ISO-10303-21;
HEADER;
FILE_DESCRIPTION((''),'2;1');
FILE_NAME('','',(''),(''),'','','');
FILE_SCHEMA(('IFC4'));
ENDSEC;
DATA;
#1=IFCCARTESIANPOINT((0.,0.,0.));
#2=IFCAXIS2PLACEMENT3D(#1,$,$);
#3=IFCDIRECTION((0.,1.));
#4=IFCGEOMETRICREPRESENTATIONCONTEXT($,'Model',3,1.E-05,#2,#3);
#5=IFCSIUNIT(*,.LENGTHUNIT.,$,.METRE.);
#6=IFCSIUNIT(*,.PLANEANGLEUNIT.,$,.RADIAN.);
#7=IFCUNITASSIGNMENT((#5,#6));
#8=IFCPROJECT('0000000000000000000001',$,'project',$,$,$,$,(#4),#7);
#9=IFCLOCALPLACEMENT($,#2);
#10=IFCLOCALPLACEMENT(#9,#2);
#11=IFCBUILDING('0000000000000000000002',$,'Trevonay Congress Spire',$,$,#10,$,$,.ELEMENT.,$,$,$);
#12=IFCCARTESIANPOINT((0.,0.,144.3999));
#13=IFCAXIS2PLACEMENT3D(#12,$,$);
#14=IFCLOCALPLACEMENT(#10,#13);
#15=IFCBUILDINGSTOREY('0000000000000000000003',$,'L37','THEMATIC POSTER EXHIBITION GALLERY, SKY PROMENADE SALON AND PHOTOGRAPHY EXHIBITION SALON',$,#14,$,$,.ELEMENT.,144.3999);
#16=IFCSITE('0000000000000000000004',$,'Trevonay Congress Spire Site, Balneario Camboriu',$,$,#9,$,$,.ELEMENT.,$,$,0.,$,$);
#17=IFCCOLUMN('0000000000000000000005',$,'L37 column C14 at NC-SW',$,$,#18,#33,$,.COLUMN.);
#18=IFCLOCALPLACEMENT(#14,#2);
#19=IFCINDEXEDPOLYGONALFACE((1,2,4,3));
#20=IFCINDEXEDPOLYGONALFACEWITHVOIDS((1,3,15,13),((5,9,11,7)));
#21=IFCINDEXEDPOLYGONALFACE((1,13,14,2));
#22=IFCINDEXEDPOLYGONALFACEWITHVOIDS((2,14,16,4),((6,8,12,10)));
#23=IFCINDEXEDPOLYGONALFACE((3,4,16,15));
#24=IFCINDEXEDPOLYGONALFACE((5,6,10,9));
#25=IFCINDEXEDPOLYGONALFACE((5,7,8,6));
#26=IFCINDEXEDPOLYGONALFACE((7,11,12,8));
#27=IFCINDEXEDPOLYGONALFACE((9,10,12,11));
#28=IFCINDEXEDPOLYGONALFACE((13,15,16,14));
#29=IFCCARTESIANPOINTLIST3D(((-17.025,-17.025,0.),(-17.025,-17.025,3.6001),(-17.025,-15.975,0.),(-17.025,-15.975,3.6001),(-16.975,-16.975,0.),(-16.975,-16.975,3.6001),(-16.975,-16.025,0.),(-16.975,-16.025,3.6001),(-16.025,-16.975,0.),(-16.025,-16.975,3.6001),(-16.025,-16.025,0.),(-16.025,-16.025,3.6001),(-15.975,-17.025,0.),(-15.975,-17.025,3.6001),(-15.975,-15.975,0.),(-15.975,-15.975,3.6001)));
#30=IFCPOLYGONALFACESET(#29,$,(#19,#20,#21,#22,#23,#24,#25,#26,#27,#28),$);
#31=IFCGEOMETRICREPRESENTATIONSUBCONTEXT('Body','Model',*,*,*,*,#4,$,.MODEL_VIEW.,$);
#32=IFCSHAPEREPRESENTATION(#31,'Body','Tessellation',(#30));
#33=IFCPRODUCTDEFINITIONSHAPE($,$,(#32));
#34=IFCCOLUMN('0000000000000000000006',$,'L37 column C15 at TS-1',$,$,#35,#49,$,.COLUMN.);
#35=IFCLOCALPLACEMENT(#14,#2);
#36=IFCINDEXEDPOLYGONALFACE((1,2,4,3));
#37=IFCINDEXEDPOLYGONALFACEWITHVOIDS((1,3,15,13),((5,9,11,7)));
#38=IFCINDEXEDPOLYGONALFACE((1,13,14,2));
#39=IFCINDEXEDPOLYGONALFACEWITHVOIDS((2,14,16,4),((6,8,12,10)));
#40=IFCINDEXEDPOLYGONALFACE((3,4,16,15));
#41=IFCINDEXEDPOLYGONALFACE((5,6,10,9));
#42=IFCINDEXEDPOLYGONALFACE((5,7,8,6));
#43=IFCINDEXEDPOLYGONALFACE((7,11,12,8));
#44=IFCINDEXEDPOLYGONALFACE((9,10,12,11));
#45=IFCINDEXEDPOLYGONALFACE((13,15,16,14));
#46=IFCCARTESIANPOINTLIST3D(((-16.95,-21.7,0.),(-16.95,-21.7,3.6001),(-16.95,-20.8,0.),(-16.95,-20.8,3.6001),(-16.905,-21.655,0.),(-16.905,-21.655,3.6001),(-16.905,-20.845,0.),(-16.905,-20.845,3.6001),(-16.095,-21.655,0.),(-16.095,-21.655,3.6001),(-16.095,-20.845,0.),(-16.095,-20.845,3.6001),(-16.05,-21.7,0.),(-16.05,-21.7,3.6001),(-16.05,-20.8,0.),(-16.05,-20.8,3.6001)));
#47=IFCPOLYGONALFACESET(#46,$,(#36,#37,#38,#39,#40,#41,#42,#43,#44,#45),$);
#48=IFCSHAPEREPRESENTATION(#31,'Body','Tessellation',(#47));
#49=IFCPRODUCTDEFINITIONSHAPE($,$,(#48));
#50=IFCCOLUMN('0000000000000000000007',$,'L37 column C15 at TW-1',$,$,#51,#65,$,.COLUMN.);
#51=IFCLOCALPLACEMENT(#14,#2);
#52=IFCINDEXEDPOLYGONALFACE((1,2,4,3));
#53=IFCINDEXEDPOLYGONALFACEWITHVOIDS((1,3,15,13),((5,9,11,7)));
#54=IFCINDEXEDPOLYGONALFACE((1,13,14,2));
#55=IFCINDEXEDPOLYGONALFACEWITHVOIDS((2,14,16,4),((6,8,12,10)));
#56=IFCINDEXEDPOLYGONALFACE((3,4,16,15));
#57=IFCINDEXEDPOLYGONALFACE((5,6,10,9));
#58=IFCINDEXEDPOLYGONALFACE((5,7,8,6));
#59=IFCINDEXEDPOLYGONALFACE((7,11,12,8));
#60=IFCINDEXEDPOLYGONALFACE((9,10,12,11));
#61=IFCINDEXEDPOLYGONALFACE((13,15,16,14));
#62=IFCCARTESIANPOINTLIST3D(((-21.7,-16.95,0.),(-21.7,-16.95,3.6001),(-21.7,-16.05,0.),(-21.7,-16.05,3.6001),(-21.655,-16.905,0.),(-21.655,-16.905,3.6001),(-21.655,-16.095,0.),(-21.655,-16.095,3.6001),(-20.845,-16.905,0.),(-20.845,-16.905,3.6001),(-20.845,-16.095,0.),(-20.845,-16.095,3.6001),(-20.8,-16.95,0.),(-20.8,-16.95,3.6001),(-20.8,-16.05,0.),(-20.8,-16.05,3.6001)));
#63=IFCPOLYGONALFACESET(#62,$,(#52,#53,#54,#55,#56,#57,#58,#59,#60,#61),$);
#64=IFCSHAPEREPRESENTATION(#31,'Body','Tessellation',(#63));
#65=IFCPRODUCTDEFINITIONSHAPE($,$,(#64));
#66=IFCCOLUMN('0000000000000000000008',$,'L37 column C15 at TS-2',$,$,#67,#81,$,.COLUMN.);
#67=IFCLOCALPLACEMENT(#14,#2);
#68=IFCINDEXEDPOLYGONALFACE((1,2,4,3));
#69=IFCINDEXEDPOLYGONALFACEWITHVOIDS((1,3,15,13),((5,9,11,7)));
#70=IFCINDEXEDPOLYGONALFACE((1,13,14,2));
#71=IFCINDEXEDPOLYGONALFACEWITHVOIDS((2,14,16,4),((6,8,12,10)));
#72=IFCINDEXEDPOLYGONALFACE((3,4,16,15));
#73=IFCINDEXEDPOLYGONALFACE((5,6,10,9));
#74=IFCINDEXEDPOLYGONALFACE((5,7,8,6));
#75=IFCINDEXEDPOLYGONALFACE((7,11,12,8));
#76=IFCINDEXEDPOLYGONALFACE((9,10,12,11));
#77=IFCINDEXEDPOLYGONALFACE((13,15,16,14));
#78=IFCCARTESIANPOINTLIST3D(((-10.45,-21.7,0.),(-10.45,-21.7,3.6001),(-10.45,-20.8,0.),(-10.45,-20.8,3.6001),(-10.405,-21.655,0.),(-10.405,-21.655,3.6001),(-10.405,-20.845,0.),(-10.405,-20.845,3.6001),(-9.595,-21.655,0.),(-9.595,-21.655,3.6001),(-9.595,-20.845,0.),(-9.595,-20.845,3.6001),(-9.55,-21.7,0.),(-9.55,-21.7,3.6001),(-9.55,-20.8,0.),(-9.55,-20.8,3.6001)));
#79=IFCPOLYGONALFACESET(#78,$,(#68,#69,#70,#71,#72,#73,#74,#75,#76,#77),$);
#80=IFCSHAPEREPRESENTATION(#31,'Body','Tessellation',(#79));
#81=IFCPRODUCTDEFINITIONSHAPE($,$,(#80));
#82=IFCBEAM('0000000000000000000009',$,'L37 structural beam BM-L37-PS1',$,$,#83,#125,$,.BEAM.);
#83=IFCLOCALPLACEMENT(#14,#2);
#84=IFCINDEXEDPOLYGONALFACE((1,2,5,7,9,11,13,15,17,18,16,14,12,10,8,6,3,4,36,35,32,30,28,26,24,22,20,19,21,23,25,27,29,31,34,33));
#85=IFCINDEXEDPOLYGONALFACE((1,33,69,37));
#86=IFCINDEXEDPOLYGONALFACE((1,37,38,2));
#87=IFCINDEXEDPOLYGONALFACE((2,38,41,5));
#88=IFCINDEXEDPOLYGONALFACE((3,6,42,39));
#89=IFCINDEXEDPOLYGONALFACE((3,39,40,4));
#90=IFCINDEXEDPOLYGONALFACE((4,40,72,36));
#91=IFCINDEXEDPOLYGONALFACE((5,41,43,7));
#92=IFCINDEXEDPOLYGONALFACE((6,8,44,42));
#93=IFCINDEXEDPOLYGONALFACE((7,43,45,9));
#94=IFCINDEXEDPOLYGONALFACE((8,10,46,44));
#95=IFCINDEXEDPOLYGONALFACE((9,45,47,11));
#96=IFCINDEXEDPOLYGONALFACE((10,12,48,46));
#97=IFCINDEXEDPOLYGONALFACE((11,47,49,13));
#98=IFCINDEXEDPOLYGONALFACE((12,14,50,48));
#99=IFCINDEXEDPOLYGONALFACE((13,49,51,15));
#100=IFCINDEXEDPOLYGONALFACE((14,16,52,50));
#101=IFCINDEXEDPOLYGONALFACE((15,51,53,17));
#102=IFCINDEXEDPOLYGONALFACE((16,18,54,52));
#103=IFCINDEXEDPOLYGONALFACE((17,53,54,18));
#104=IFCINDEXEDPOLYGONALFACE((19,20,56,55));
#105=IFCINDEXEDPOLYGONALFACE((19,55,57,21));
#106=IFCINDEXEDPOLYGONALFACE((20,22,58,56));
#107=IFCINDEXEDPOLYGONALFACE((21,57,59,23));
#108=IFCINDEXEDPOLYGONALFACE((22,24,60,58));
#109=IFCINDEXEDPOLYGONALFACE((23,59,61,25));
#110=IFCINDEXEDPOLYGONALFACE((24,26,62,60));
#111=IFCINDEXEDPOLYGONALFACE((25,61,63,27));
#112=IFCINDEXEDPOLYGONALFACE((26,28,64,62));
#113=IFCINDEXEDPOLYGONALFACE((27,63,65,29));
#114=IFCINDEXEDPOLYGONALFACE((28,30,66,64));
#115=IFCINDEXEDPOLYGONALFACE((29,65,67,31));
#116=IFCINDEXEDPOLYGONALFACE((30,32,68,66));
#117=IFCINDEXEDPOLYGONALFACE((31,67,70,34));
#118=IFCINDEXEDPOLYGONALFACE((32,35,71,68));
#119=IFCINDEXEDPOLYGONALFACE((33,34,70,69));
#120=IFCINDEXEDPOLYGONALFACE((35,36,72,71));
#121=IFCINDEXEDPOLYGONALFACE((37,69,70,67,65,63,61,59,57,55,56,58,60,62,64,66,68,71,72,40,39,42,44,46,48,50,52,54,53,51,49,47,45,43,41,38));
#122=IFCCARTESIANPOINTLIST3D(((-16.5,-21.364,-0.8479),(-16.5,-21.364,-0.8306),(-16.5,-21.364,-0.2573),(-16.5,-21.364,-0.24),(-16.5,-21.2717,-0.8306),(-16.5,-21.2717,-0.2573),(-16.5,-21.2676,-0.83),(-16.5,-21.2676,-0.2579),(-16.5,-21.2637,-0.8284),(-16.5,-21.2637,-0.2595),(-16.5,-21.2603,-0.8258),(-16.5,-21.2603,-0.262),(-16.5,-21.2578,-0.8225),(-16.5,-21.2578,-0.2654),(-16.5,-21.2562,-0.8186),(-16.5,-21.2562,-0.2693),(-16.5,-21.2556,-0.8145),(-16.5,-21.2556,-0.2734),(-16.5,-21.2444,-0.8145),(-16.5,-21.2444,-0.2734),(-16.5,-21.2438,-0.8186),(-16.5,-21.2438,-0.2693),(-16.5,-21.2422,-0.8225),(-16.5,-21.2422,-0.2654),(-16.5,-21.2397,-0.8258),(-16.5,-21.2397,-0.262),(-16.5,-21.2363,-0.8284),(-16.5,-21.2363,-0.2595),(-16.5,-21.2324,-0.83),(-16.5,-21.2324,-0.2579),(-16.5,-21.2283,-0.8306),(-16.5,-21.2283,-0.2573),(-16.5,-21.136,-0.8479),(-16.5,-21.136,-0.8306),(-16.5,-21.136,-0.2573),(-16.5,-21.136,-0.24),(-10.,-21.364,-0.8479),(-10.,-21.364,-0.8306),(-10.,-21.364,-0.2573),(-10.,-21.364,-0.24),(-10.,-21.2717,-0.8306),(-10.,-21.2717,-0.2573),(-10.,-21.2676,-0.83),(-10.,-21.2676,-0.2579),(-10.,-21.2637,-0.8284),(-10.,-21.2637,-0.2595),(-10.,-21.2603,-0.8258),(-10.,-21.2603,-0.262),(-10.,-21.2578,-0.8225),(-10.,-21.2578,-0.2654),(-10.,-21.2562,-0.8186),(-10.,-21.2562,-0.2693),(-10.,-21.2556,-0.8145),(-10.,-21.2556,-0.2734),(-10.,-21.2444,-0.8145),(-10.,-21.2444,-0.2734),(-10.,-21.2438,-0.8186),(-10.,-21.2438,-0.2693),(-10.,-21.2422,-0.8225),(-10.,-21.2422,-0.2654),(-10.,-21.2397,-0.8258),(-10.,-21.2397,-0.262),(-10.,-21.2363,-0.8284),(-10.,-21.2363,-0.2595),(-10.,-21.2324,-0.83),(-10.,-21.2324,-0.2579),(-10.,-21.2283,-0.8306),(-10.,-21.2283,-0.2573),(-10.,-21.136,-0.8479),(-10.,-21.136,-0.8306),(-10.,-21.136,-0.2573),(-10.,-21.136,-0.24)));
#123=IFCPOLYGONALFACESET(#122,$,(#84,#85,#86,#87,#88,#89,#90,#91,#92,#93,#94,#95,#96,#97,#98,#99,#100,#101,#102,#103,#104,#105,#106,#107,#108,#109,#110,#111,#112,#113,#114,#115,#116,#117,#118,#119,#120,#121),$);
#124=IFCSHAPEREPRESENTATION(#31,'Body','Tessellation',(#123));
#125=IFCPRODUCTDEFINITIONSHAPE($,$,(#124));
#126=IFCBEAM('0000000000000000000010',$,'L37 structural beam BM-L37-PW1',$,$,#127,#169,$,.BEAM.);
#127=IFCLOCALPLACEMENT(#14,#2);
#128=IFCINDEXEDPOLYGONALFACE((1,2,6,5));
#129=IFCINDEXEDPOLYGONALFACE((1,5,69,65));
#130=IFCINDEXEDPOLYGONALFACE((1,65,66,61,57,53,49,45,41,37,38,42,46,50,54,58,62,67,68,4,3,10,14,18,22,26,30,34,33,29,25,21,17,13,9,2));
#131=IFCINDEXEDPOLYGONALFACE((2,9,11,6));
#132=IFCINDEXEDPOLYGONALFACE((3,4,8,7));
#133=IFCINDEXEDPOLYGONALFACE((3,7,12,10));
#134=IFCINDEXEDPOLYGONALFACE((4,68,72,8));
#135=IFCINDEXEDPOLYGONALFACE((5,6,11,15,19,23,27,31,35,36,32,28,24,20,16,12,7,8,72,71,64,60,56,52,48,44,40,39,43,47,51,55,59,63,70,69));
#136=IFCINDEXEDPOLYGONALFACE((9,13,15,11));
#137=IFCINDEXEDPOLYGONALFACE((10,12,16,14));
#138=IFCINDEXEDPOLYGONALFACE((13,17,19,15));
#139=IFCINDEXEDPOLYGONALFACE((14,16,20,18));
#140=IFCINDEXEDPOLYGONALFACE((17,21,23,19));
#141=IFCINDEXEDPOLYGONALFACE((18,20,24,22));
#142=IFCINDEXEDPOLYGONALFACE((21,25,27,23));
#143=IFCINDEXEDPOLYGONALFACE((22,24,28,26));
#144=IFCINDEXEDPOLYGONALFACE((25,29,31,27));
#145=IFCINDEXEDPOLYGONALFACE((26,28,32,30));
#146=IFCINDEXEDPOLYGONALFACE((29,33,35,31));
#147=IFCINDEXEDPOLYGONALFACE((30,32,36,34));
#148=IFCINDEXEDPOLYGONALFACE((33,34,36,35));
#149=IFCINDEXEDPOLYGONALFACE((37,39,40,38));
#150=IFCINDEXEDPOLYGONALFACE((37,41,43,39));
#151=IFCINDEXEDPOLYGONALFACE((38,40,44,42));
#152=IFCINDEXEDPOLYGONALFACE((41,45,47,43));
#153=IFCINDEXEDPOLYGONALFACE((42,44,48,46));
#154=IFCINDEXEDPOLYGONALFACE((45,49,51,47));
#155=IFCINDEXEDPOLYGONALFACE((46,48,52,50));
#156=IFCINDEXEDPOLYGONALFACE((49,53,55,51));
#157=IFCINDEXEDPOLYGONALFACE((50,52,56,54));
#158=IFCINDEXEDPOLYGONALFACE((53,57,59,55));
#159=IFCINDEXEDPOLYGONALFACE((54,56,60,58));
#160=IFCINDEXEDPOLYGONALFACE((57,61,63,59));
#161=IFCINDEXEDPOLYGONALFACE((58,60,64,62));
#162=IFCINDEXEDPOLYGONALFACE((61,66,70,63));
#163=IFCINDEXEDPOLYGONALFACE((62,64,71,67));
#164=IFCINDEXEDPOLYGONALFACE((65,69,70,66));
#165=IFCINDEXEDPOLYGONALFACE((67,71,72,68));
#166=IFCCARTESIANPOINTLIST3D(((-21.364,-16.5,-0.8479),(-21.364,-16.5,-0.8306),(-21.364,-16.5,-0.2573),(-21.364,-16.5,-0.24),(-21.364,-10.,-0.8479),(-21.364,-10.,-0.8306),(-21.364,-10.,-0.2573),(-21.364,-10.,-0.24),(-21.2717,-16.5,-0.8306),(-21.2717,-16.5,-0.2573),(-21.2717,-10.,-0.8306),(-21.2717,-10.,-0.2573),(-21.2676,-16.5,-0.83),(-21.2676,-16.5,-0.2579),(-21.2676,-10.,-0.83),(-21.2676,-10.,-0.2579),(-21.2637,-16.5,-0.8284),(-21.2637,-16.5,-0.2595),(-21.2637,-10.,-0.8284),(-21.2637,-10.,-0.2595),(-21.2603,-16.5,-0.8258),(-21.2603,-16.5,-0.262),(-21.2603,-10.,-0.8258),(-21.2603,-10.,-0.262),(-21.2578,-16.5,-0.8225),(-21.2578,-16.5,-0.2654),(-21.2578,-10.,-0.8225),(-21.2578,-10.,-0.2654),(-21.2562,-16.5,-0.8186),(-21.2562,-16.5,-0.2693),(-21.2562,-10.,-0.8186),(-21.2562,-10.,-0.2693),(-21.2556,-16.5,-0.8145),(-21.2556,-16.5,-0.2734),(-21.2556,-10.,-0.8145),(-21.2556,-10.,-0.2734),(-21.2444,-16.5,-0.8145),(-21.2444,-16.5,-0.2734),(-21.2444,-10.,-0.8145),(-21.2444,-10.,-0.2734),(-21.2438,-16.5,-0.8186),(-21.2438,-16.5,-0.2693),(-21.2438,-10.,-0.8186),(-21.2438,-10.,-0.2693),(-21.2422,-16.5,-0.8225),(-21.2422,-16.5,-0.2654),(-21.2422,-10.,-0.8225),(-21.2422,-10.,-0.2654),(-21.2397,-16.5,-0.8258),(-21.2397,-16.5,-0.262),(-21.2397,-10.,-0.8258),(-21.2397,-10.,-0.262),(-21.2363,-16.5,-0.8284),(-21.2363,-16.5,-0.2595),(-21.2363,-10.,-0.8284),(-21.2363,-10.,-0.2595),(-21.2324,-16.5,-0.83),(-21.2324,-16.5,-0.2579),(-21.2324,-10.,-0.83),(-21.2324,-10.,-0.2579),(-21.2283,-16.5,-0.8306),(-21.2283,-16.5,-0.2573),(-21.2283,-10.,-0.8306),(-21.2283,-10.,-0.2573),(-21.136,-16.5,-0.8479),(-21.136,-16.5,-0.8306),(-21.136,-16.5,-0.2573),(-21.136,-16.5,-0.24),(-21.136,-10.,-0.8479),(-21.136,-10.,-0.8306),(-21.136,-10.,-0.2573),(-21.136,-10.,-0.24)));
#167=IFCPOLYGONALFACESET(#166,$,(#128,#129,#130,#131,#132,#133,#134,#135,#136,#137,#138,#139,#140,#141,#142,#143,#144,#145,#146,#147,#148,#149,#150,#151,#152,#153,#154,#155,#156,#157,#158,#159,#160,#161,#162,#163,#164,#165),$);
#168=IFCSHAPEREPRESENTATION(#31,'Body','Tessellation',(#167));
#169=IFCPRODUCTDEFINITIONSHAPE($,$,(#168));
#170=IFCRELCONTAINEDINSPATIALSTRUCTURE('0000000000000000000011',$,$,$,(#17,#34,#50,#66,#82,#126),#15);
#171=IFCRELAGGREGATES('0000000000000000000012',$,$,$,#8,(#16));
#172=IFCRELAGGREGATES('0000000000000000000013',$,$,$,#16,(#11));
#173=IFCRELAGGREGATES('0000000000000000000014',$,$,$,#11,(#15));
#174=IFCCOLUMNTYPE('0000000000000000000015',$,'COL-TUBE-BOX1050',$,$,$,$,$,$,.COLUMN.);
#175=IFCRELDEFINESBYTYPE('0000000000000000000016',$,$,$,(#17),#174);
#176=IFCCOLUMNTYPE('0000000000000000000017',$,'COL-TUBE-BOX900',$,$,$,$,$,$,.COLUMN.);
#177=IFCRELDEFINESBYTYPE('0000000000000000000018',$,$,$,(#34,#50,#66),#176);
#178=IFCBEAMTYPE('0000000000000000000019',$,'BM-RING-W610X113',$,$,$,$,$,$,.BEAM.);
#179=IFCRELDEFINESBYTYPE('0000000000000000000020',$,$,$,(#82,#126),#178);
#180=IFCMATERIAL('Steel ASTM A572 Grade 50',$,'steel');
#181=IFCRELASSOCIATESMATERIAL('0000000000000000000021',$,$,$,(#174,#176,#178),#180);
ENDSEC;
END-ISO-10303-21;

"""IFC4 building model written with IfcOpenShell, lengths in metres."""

from ifc_helpers import new_model, si_unit, direction, frame, origin, origin_2d, place, context, subcontext, project, spatial, hollow_rectangle, i_section, extrude, material, material_profile, profile_set, type_object, element, save


model = new_model("IFC4")

# Units and contexts
model_context = context("Model", 3, precision=1e-05, world=origin(), true_north=direction((0.0, 1.0)))
body_context = subcontext(model_context, "Body", "Model", "MODEL_VIEW")
ifc_project = project(units=[si_unit("LENGTHUNIT", "METRE"), si_unit("PLANEANGLEUNIT", "RADIAN")], contexts=[model_context])

# Site, building, storey
site_placement = place(None, origin())
site = spatial("IfcSite", under=ifc_project, at=site_placement, Name="Trevonay Congress Spire Site, Balneario Camboriu", CompositionType="ELEMENT", RefElevation=0.0)
building_placement = place(site_placement, origin())
building = spatial("IfcBuilding", under=site, at=building_placement, Name="Trevonay Congress Spire", CompositionType="ELEMENT")
storey_placement = place(building_placement, frame((0.0, 0.0, 144.3999)))
storey = spatial("IfcBuildingStorey", under=building, at=storey_placement, Name="L37", Description="THEMATIC POSTER EXHIBITION GALLERY, SKY PROMENADE SALON AND PHOTOGRAPHY EXHIBITION SALON", CompositionType="ELEMENT", Elevation=144.3999)

# Columns
ifc_material_1 = material(Name="Steel ASTM A572 Grade 50", Category="steel")
ifc_material_profile_1 = material_profile(ifc_material_1, hollow_rectangle(XDim=1.05, YDim=1.05, WallThickness=0.05, at=origin_2d()), Name="BOX 1050x1050x50")
ifc_profile_set_1 = profile_set([ifc_material_profile_1], Name="Steel ASTM A572 Grade 50")
column_type_1 = type_object("IfcColumnType", Name="COL-TUBE-BOX1050", PredefinedType="COLUMN", material=ifc_profile_set_1)
column_placement = place(storey_placement, frame((-16.5, -16.5, 0.0), z_axis=(0.0, 0.0, 1.0), x_axis=(1.0, 0.0, 0.0)))
element("IfcColumn", 1, at=column_placement, inside=storey, type_object=column_type_1, Name="L37 column C14 at NC-SW", PredefinedType="COLUMN", context=body_context, shape_type="SweptSolid", body=[
    extrude(hollow_rectangle(XDim=1.05, YDim=1.05, WallThickness=0.05, at=origin_2d()), origin(), (0.0, 0.0, 1.0), 3.6001),
])
ifc_material_profile_2 = material_profile(ifc_material_1, hollow_rectangle(XDim=0.8999, YDim=0.8999, WallThickness=0.0449, at=origin_2d()), Name="BOX 900x900x45")
ifc_profile_set_2 = profile_set([ifc_material_profile_2], Name="Steel ASTM A572 Grade 50")
column_type_2 = type_object("IfcColumnType", Name="COL-TUBE-BOX900", PredefinedType="COLUMN", material=ifc_profile_set_2)
for number, where, z_axis, x_axis, name in (
    (2, (-16.5, -21.25, 0.0), (0.0, 0.0, 1.0), (1.0, 0.0, 0.0), "L37 column C15 at TS-1"),
    (3, (-21.25, -16.5, 0.0), (0.0, 0.0, 1.0), (1.0, 0.0, 0.0), "L37 column C15 at TW-1"),
    (4, (-10.0, -21.25, 0.0), (0.0, 0.0, 1.0), (1.0, 0.0, 0.0), "L37 column C15 at TS-2"),
):
    element("IfcColumn", number, at=place(storey_placement, frame(where, z_axis=z_axis, x_axis=x_axis)), inside=storey, type_object=column_type_2, Name=name, PredefinedType="COLUMN", context=body_context, shape_type="SweptSolid", body=[
        extrude(hollow_rectangle(XDim=0.8999, YDim=0.8999, WallThickness=0.0449, at=origin_2d()), origin(), (0.0, 0.0, 1.0), 3.6001),
    ])

# Beams
ifc_material_profile_3 = material_profile(ifc_material_1, i_section(OverallWidth=0.228, OverallDepth=0.6079, WebThickness=0.0112, FlangeThickness=0.0173, FilletRadius=0.0161, at=origin_2d()), Name="W610x113")
ifc_profile_set_3 = profile_set([ifc_material_profile_3], Name="Steel ASTM A572 Grade 50")
beam_type_1 = type_object("IfcBeamType", Name="BM-RING-W610X113", PredefinedType="BEAM", material=ifc_profile_set_3)
for number, where, z_axis, x_axis, name in (
    (5, (-16.5, -21.25, -0.5439), (1.0, 0.0, 0.0), (0.0, 1.0, 0.0), "L37 structural beam BM-L37-PS1"),
    (6, (-21.25, -16.5, -0.5439), (0.0, 1.0, 0.0), (-1.0, 0.0, 0.0), "L37 structural beam BM-L37-PW1"),
):
    element("IfcBeam", number, at=place(storey_placement, frame(where, z_axis=z_axis, x_axis=x_axis)), inside=storey, type_object=beam_type_1, Name=name, PredefinedType="BEAM", context=body_context, shape_type="SweptSolid", body=[
        extrude(i_section(OverallWidth=0.228, OverallDepth=0.6079, WebThickness=0.0112, FlangeThickness=0.0173, FilletRadius=0.0161, at=origin_2d()), origin(), (0.0, 0.0, 1.0), 6.5),
    ])

save(model, "model.ifc")
